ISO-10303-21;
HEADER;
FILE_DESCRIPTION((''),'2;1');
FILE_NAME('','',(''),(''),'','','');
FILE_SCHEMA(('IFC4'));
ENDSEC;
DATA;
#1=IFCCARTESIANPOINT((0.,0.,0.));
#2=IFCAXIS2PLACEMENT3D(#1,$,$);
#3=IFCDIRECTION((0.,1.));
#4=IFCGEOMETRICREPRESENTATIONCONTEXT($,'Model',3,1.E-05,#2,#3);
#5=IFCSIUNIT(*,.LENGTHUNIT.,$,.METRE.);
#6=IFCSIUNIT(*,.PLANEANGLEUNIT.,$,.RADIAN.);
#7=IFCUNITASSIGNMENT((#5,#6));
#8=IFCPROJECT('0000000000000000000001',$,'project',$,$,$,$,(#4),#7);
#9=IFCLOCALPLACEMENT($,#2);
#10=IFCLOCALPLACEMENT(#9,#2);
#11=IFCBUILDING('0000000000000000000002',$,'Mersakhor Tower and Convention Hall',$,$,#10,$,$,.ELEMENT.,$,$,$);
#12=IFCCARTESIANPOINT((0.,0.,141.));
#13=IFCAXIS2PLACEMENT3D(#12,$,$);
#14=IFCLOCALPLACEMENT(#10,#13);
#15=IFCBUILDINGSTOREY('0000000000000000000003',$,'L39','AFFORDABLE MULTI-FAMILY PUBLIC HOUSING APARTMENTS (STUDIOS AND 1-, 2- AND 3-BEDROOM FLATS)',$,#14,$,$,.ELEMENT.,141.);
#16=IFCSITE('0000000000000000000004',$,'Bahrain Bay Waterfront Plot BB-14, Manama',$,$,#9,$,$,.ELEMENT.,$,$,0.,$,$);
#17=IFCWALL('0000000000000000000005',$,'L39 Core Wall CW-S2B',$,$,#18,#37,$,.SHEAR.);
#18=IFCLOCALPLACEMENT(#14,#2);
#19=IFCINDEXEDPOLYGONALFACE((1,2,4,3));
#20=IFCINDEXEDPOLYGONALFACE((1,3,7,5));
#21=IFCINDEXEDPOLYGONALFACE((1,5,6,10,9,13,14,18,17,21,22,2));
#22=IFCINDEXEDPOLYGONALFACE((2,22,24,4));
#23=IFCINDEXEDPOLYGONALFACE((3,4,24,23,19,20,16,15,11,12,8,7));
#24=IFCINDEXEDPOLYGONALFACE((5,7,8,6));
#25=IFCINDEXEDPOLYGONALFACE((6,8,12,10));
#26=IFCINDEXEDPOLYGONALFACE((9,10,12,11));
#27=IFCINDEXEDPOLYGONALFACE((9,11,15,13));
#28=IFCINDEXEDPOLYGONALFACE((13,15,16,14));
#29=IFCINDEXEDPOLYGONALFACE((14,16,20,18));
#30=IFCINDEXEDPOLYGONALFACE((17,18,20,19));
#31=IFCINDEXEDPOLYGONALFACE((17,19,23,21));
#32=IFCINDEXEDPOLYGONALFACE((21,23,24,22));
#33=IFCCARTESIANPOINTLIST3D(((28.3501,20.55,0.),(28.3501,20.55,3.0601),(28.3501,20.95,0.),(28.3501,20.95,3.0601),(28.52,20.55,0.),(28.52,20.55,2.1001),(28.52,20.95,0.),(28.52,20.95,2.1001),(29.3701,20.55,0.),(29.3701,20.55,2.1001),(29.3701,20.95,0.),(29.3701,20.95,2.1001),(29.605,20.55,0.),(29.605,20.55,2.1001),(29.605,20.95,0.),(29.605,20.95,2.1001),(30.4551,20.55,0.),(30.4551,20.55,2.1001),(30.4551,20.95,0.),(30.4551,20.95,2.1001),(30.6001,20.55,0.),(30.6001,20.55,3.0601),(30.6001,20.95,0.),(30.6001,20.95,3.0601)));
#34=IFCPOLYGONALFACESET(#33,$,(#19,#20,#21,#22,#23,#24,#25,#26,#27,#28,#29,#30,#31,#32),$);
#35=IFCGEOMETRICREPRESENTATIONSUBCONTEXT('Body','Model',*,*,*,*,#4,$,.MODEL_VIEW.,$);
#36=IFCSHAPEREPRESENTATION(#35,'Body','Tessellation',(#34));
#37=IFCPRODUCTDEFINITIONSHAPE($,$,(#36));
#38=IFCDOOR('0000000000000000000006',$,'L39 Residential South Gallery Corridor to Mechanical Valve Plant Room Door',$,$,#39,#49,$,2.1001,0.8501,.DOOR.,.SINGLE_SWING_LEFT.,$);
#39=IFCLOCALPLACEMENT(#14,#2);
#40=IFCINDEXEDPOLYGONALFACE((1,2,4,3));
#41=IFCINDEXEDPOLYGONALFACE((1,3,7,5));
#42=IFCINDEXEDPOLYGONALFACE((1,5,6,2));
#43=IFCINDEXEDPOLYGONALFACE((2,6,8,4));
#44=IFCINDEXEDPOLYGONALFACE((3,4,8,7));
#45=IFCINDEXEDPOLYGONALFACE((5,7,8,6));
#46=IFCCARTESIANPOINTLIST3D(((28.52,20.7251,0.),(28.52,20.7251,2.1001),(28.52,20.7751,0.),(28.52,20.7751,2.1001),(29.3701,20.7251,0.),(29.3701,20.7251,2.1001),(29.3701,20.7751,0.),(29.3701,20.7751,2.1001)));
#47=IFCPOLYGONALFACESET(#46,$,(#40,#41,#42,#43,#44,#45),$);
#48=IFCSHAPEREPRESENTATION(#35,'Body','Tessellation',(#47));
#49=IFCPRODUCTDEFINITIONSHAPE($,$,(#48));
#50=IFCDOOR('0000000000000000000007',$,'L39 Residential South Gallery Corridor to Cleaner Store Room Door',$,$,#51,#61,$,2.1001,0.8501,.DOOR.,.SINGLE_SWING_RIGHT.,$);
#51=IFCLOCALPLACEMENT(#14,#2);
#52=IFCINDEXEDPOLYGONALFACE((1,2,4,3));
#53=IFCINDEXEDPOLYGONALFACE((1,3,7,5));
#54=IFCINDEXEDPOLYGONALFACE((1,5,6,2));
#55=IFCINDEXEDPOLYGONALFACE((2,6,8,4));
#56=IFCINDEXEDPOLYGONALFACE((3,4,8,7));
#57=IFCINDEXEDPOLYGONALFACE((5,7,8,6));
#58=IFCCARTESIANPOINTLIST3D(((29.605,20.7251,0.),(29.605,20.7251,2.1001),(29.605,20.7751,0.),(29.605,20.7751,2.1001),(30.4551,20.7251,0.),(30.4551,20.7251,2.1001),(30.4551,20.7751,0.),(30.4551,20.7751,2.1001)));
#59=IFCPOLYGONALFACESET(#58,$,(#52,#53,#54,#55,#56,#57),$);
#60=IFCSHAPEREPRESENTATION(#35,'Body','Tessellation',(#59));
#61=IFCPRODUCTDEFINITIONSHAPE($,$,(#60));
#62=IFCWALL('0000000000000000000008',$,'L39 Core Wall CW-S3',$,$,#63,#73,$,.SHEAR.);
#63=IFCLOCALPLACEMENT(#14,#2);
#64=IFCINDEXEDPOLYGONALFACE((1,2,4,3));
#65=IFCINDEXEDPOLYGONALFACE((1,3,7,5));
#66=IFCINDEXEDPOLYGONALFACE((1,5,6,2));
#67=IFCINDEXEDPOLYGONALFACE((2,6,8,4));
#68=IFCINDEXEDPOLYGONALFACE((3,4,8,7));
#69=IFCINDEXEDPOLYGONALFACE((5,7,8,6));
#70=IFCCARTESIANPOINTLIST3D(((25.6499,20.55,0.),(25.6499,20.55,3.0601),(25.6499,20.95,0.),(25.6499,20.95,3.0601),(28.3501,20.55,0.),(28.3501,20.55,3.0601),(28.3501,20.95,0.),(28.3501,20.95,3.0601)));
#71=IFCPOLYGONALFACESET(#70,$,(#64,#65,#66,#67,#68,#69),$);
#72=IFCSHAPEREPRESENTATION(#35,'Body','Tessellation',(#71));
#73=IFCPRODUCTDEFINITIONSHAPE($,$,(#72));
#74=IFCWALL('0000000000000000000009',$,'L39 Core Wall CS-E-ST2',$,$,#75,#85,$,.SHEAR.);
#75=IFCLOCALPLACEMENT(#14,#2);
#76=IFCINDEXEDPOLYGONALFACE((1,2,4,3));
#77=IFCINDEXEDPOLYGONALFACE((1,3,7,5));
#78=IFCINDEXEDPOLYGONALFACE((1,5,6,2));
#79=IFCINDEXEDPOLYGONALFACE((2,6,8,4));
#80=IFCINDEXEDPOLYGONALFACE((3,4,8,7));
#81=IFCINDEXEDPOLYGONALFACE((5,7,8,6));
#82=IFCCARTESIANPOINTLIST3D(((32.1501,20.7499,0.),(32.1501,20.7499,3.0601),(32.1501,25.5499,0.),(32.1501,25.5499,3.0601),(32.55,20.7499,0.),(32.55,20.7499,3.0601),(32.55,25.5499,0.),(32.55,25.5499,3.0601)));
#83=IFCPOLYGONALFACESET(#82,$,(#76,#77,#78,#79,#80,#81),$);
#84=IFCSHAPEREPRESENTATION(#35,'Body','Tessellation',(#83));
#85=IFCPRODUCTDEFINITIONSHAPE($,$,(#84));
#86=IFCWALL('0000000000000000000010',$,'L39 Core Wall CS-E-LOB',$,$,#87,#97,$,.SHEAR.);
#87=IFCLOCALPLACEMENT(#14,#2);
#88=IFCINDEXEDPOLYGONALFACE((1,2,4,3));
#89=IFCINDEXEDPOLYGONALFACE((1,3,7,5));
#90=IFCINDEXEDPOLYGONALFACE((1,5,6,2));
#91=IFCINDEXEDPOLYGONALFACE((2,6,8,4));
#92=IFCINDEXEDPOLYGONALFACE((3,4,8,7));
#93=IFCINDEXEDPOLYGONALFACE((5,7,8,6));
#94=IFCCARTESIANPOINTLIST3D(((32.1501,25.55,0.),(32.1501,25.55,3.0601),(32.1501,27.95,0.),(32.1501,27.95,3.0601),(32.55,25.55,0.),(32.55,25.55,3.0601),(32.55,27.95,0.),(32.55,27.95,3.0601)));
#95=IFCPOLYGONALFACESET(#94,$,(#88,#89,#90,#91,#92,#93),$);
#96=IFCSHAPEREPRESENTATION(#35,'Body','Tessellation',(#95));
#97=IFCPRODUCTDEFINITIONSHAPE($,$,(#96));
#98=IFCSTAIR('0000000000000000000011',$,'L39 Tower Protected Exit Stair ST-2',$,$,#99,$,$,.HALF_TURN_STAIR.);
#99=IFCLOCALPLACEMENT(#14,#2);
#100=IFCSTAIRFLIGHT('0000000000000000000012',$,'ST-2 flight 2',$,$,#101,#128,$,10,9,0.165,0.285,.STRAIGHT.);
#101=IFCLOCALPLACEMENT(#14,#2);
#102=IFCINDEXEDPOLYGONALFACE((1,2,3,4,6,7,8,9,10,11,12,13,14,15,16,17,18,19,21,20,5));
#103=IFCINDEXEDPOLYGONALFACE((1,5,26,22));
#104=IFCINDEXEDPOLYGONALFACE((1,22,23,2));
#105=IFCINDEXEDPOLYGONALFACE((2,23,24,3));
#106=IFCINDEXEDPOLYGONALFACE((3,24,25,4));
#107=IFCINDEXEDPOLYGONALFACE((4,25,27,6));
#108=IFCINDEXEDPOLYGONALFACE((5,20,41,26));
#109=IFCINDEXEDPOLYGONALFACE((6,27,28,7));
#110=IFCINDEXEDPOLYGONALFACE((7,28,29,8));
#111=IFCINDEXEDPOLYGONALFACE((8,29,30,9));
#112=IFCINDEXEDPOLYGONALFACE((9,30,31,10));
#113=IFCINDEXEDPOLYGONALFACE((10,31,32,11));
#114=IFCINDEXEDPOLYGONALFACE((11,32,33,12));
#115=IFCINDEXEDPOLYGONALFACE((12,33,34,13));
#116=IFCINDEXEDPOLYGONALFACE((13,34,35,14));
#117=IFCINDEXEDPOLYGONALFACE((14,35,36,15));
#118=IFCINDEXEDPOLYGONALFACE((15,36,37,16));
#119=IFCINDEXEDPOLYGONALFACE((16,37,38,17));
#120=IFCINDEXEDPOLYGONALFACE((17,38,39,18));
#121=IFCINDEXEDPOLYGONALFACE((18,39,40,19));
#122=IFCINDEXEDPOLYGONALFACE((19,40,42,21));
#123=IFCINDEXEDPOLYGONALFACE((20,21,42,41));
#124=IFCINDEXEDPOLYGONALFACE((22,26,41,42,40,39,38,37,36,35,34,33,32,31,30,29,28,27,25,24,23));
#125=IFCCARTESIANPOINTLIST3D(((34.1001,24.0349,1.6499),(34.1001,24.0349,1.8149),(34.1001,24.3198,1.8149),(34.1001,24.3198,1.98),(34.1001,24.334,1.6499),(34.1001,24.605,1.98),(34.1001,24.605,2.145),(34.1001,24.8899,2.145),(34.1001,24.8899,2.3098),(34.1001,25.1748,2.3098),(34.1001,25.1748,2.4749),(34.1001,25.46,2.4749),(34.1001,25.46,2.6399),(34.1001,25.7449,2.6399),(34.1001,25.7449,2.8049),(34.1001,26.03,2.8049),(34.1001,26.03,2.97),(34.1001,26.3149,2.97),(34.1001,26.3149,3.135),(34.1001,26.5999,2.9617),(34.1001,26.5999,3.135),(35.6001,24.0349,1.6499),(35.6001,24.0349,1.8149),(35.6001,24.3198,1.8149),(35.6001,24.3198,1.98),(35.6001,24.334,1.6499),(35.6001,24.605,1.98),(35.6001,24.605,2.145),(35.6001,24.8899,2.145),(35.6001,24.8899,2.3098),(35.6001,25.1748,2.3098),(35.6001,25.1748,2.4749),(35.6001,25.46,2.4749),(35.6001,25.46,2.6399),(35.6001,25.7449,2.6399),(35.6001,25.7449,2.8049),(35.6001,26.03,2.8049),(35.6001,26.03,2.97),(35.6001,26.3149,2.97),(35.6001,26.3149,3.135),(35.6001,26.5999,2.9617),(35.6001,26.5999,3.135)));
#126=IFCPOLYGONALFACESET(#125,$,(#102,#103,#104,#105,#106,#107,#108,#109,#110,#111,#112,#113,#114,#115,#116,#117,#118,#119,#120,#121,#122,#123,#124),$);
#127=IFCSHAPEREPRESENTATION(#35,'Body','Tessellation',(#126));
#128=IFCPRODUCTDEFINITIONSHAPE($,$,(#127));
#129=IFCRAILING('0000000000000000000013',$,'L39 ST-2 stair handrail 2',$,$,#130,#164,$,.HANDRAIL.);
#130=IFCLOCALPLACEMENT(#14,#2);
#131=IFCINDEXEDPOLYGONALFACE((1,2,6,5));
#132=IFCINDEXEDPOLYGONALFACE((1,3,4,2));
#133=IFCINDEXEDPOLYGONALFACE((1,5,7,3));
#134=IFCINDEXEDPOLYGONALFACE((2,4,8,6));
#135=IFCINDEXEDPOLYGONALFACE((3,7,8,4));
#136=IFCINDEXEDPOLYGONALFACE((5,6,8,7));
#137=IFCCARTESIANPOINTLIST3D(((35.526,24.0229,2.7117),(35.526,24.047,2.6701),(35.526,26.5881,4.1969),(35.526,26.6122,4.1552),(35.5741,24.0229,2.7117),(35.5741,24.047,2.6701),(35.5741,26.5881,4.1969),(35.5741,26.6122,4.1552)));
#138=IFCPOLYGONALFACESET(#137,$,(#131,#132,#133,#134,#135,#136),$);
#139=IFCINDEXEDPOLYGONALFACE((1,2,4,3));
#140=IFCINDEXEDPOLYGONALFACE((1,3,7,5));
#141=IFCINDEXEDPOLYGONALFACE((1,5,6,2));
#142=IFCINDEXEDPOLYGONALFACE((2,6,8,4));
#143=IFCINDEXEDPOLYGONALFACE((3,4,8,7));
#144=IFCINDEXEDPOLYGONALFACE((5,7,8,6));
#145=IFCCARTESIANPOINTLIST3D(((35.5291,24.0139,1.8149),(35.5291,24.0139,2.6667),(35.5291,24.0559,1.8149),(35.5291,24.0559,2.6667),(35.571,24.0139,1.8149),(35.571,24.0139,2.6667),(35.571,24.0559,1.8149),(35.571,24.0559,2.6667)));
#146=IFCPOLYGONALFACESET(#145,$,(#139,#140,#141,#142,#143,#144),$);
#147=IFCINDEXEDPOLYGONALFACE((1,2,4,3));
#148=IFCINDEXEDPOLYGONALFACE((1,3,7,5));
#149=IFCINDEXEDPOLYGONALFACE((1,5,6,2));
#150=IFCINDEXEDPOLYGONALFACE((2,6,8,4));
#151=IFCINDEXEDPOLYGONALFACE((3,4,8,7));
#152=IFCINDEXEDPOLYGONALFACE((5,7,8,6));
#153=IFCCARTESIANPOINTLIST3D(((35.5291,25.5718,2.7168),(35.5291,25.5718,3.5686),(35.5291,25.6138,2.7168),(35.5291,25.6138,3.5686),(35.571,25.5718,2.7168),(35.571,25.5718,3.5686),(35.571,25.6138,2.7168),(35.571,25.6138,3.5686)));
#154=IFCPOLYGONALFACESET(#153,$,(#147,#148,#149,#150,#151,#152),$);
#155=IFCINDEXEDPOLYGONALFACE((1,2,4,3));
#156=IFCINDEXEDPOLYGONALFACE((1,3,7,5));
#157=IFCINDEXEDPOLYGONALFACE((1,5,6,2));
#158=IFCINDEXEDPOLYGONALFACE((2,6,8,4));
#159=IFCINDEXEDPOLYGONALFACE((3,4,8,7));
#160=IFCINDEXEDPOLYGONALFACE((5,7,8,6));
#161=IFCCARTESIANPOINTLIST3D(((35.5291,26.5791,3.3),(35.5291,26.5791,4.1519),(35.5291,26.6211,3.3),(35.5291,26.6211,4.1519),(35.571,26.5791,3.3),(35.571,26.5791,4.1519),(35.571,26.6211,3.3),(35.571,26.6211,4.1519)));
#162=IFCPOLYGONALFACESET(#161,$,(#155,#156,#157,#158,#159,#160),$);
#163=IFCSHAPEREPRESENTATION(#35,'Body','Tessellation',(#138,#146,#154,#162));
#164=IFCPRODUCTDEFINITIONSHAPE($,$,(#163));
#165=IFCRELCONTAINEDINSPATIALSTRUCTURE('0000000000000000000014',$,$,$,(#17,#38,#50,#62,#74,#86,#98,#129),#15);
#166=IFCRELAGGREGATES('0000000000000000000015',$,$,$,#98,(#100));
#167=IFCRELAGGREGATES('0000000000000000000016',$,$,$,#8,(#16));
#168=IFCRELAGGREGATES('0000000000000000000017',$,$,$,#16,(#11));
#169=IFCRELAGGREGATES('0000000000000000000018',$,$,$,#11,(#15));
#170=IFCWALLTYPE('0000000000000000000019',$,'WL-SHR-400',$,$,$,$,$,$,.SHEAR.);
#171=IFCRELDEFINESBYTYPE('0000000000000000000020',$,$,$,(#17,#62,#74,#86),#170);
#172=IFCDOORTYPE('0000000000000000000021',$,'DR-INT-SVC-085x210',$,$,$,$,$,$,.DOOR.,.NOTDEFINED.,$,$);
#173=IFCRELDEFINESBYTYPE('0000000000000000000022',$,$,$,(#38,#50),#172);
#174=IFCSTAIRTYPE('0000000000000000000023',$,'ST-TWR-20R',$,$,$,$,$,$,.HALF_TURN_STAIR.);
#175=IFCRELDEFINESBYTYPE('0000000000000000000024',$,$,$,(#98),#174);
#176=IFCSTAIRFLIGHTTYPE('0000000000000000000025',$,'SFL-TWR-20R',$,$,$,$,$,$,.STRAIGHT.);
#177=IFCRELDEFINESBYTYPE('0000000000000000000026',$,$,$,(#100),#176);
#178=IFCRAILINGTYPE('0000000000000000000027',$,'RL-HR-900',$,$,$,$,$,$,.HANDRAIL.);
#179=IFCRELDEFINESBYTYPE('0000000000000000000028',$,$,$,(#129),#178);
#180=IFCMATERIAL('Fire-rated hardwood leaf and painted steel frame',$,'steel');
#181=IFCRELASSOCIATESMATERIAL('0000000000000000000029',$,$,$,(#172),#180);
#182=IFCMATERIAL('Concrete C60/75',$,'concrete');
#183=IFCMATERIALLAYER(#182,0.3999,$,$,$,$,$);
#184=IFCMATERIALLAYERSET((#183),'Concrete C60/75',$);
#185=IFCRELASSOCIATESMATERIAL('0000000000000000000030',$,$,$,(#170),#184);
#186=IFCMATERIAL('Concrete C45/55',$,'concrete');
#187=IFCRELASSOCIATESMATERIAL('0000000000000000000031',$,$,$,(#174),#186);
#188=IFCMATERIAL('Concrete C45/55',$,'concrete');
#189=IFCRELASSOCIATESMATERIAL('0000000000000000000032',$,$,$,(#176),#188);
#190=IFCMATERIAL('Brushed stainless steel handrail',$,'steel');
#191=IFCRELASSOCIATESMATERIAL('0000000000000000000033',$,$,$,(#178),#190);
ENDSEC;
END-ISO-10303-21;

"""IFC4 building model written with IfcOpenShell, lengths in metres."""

from ifc_helpers import new_model, si_unit, direction, frame, frame_2d, origin, origin_2d, place, context, subcontext, project, spatial, polyline, rectangle, outline, extrude, material, layer, layer_set, type_object, element, fill, aggregate, save


model = new_model("IFC4")

# Units and contexts
model_context = context("Model", 3, precision=1e-05, world=origin(), true_north=direction((0.0, 1.0)))
body_context = subcontext(model_context, "Body", "Model", "MODEL_VIEW")
ifc_project = project(units=[si_unit("LENGTHUNIT", "METRE"), si_unit("PLANEANGLEUNIT", "RADIAN")], contexts=[model_context])

# Site, building, storey
site_placement = place(None, origin())
site = spatial("IfcSite", under=ifc_project, at=site_placement, Name="Bahrain Bay Waterfront Plot BB-14, Manama", CompositionType="ELEMENT", RefElevation=0.0)
building_placement = place(site_placement, origin())
building = spatial("IfcBuilding", under=site, at=building_placement, Name="Mersakhor Tower and Convention Hall", CompositionType="ELEMENT")
storey_placement = place(building_placement, frame((0.0, 0.0, 141.0)))
storey = spatial("IfcBuildingStorey", under=building, at=storey_placement, Name="L39", Description="AFFORDABLE MULTI-FAMILY PUBLIC HOUSING APARTMENTS (STUDIOS AND 1-, 2- AND 3-BEDROOM FLATS)", CompositionType="ELEMENT", Elevation=141.0)

# Shared definitions
ifc_material_1 = material(Name="Fire-rated hardwood leaf and painted steel frame", Category="steel")
door_type_1 = type_object("IfcDoorType", Name="DR-INT-SVC-085x210", OperationType="NOTDEFINED", PredefinedType="DOOR", material=ifc_material_1)

# Shared definitions
ifc_material_2 = material(Name="Concrete C60/75", Category="concrete")
ifc_layer_1 = layer(ifc_material_2, 0.3999)
ifc_layer_set_1 = layer_set([ifc_layer_1], Name="Concrete C60/75")
wall_type_1 = type_object("IfcWallType", Name="WL-SHR-400", PredefinedType="SHEAR", material=ifc_layer_set_1)

# Wall, openings, doors
wall_1_placement = place(storey_placement, frame((30.6001, 20.75, 0.0), z_axis=(0.0, 0.0, 1.0), x_axis=(-1.0, 0.0, 0.0)))
wall_1 = element("IfcWall", 1, at=wall_1_placement, inside=storey, type_object=wall_type_1, Name="L39 Core Wall CW-S2B", PredefinedType="SHEAR", context=body_context, shape_type="SweptSolid", body=[
    extrude(rectangle(XDim=2.25, YDim=0.3999, at=frame_2d((1.125, 0.0))), origin(), (0.0, 0.0, 1.0), 3.0601),
])
opening_1_placement = place(wall_1_placement, frame((1.23, 0.0, 0.0)))
opening_1 = element("IfcOpeningElement", 2, at=opening_1_placement, cuts=wall_1, PredefinedType="OPENING", context=body_context, shape_type="SweptSolid", body=[
    extrude(rectangle(XDim=0.8501, YDim=2.1001, at=frame_2d((0.425, 1.05))), frame((0.0, 0.21, 0.0), z_axis=(0.0, -1.0, 0.0), x_axis=(1.0, 0.0, 0.0)), (0.0, 0.0, 1.0), 0.4199),
])
opening_2_placement = place(wall_1_placement, frame((0.145, 0.0, 0.0)))
opening_2 = element("IfcOpeningElement", 3, at=opening_2_placement, cuts=wall_1, PredefinedType="OPENING", context=body_context, shape_type="SweptSolid", body=[
    extrude(rectangle(XDim=0.8501, YDim=2.1001, at=frame_2d((0.425, 1.05))), frame((0.0, 0.21, 0.0), z_axis=(0.0, -1.0, 0.0), x_axis=(1.0, 0.0, 0.0)), (0.0, 0.0, 1.0), 0.4199),
])
door_1_placement = place(opening_1_placement, origin())
door_1 = element("IfcDoor", 4, at=door_1_placement, inside=storey, type_object=door_type_1, Name="L39 Residential South Gallery Corridor to Mechanical Valve Plant Room Door", OperationType="SINGLE_SWING_LEFT", OverallHeight=2.1001, OverallWidth=0.8501, PredefinedType="DOOR", context=body_context, shape_type="SweptSolid", body=[
    extrude(rectangle(XDim=0.8501, YDim=2.1001, at=frame_2d((0.425, 1.05))), frame((0.0, 0.0249, 0.0), z_axis=(0.0, -1.0, 0.0), x_axis=(1.0, 0.0, 0.0)), (0.0, 0.0, 1.0), 0.05),
])
fill(opening_1, door_1)
door_2_placement = place(opening_2_placement, origin())
door_2 = element("IfcDoor", 5, at=door_2_placement, inside=storey, type_object=door_type_1, Name="L39 Residential South Gallery Corridor to Cleaner Store Room Door", OperationType="SINGLE_SWING_RIGHT", OverallHeight=2.1001, OverallWidth=0.8501, PredefinedType="DOOR", context=body_context, shape_type="SweptSolid", body=[
    extrude(rectangle(XDim=0.8501, YDim=2.1001, at=frame_2d((0.425, 1.05))), frame((0.0, 0.0249, 0.0), z_axis=(0.0, -1.0, 0.0), x_axis=(1.0, 0.0, 0.0)), (0.0, 0.0, 1.0), 0.05),
])
fill(opening_2, door_2)

# Walls
wall_2_placement = place(storey_placement, frame((28.3501, 20.75, 0.0), z_axis=(0.0, 0.0, 1.0), x_axis=(-1.0, 0.0, 0.0)))
element("IfcWall", 6, at=wall_2_placement, inside=storey, type_object=wall_type_1, Name="L39 Core Wall CW-S3", PredefinedType="SHEAR", context=body_context, shape_type="SweptSolid", body=[
    extrude(rectangle(XDim=2.7002, YDim=0.3999, at=frame_2d((1.3501, 0.0))), origin(), (0.0, 0.0, 1.0), 3.0601),
])
wall_3_placement = place(storey_placement, frame((32.3501, 20.75, 0.0), z_axis=(0.0, 0.0, 1.0), x_axis=(0.0, 1.0, 0.0)))
element("IfcWall", 7, at=wall_3_placement, inside=storey, type_object=wall_type_1, Name="L39 Core Wall CS-E-ST2", PredefinedType="SHEAR", context=body_context, shape_type="SweptSolid", body=[
    extrude(rectangle(XDim=4.8, YDim=0.3999, at=frame_2d((2.3999, 0.0))), origin(), (0.0, 0.0, 1.0), 3.0601),
])
wall_4_placement = place(storey_placement, frame((32.3501, 25.55, 0.0), z_axis=(0.0, 0.0, 1.0), x_axis=(0.0, 1.0, 0.0)))
element("IfcWall", 8, at=wall_4_placement, inside=storey, type_object=wall_type_1, Name="L39 Core Wall CS-E-LOB", PredefinedType="SHEAR", context=body_context, shape_type="SweptSolid", body=[
    extrude(rectangle(XDim=2.3999, YDim=0.3999, at=frame_2d((1.2, 0.0))), origin(), (0.0, 0.0, 1.0), 3.0601),
])

# Stair, stair flight
ifc_material_3 = material(Name="Concrete C45/55", Category="concrete")
stair_type = type_object("IfcStairType", Name="ST-TWR-20R", PredefinedType="HALF_TURN_STAIR", material=ifc_material_3)
stair_placement = place(storey_placement, origin())
stair = element("IfcStair", 9, at=stair_placement, inside=storey, type_object=stair_type, Name="L39 Tower Protected Exit Stair ST-2", PredefinedType="HALF_TURN_STAIR")
ifc_material_4 = material(Name="Concrete C45/55", Category="concrete")
stair_flight_type = type_object("IfcStairFlightType", Name="SFL-TWR-20R", PredefinedType="STRAIGHT", material=ifc_material_4)
stair_flight_placement = place(storey_placement, frame((34.8501, 24.0349, 1.6499), z_axis=(0.0, 0.0, 1.0), x_axis=(0.0, 1.0, 0.0)))
stair_flight = element("IfcStairFlight", 10, at=stair_flight_placement, type_object=stair_flight_type, Name="ST-2 flight 2", NumberOfRisers=10, NumberOfTreads=9, PredefinedType="STRAIGHT", RiserHeight=0.165, TreadLength=0.285, context=body_context, shape_type="SweptSolid", body=[
    extrude(outline(polyline([(0.0, 0.0), (0.0, 0.165), (0.2849, 0.165), (0.2849, 0.3301), (0.5701, 0.3301), (0.5701, 0.4951), (0.855, 0.4951), (0.855, 0.6599), (1.1399, 0.6599), (1.1399, 0.825), (1.425, 0.825), (1.425, 0.99), (1.71, 0.99), (1.71, 1.155), (1.9951, 1.155), (1.9951, 1.3201), (2.28, 1.3201), (2.28, 1.4851), (2.5649, 1.4851), (2.5649, 1.6499), (2.5649, 1.3118), (0.2991, 0.0), (0.0, 0.0)])), frame((0.0, 0.75, 0.0), z_axis=(0.0, -1.0, 0.0), x_axis=(1.0, 0.0, 0.0)), (0.0, 0.0, 1.0), 1.5),
])
aggregate(stair, [stair_flight])

# Railing
ifc_material_5 = material(Name="Brushed stainless steel handrail", Category="steel")
railing_type_1 = type_object("IfcRailingType", Name="RL-HR-900", PredefinedType="HANDRAIL", material=ifc_material_5)
railing_1_placement = place(storey_placement, frame((35.55, 24.0349, 1.8149)))
element("IfcRailing", 11, at=railing_1_placement, inside=storey, type_object=railing_type_1, Name="L39 ST-2 stair handrail 2", PredefinedType="HANDRAIL", context=body_context, shape_type="SweptSolid", body=[
    extrude(rectangle(XDim=0.0481, YDim=0.0481, at=origin_2d()), frame((0.0, 0.0, 0.876), z_axis=(0.0, 0.865426, 0.501036), x_axis=(-1.0, 0.0, 0.0)), (0.0, 0.0, 1.0), 2.9641),
    extrude(rectangle(XDim=0.042, YDim=0.042, at=origin_2d()), origin(), (0.0, 0.0, 1.0), 0.8518),
    extrude(rectangle(XDim=0.042, YDim=0.042, at=origin_2d()), frame((0.0, 1.5579, 0.9019)), (0.0, 0.0, 1.0), 0.8518),
    extrude(rectangle(XDim=0.042, YDim=0.042, at=origin_2d()), frame((0.0, 2.5652, 1.4851)), (0.0, 0.0, 1.0), 0.8518),
])

save(model, "model.ifc")
